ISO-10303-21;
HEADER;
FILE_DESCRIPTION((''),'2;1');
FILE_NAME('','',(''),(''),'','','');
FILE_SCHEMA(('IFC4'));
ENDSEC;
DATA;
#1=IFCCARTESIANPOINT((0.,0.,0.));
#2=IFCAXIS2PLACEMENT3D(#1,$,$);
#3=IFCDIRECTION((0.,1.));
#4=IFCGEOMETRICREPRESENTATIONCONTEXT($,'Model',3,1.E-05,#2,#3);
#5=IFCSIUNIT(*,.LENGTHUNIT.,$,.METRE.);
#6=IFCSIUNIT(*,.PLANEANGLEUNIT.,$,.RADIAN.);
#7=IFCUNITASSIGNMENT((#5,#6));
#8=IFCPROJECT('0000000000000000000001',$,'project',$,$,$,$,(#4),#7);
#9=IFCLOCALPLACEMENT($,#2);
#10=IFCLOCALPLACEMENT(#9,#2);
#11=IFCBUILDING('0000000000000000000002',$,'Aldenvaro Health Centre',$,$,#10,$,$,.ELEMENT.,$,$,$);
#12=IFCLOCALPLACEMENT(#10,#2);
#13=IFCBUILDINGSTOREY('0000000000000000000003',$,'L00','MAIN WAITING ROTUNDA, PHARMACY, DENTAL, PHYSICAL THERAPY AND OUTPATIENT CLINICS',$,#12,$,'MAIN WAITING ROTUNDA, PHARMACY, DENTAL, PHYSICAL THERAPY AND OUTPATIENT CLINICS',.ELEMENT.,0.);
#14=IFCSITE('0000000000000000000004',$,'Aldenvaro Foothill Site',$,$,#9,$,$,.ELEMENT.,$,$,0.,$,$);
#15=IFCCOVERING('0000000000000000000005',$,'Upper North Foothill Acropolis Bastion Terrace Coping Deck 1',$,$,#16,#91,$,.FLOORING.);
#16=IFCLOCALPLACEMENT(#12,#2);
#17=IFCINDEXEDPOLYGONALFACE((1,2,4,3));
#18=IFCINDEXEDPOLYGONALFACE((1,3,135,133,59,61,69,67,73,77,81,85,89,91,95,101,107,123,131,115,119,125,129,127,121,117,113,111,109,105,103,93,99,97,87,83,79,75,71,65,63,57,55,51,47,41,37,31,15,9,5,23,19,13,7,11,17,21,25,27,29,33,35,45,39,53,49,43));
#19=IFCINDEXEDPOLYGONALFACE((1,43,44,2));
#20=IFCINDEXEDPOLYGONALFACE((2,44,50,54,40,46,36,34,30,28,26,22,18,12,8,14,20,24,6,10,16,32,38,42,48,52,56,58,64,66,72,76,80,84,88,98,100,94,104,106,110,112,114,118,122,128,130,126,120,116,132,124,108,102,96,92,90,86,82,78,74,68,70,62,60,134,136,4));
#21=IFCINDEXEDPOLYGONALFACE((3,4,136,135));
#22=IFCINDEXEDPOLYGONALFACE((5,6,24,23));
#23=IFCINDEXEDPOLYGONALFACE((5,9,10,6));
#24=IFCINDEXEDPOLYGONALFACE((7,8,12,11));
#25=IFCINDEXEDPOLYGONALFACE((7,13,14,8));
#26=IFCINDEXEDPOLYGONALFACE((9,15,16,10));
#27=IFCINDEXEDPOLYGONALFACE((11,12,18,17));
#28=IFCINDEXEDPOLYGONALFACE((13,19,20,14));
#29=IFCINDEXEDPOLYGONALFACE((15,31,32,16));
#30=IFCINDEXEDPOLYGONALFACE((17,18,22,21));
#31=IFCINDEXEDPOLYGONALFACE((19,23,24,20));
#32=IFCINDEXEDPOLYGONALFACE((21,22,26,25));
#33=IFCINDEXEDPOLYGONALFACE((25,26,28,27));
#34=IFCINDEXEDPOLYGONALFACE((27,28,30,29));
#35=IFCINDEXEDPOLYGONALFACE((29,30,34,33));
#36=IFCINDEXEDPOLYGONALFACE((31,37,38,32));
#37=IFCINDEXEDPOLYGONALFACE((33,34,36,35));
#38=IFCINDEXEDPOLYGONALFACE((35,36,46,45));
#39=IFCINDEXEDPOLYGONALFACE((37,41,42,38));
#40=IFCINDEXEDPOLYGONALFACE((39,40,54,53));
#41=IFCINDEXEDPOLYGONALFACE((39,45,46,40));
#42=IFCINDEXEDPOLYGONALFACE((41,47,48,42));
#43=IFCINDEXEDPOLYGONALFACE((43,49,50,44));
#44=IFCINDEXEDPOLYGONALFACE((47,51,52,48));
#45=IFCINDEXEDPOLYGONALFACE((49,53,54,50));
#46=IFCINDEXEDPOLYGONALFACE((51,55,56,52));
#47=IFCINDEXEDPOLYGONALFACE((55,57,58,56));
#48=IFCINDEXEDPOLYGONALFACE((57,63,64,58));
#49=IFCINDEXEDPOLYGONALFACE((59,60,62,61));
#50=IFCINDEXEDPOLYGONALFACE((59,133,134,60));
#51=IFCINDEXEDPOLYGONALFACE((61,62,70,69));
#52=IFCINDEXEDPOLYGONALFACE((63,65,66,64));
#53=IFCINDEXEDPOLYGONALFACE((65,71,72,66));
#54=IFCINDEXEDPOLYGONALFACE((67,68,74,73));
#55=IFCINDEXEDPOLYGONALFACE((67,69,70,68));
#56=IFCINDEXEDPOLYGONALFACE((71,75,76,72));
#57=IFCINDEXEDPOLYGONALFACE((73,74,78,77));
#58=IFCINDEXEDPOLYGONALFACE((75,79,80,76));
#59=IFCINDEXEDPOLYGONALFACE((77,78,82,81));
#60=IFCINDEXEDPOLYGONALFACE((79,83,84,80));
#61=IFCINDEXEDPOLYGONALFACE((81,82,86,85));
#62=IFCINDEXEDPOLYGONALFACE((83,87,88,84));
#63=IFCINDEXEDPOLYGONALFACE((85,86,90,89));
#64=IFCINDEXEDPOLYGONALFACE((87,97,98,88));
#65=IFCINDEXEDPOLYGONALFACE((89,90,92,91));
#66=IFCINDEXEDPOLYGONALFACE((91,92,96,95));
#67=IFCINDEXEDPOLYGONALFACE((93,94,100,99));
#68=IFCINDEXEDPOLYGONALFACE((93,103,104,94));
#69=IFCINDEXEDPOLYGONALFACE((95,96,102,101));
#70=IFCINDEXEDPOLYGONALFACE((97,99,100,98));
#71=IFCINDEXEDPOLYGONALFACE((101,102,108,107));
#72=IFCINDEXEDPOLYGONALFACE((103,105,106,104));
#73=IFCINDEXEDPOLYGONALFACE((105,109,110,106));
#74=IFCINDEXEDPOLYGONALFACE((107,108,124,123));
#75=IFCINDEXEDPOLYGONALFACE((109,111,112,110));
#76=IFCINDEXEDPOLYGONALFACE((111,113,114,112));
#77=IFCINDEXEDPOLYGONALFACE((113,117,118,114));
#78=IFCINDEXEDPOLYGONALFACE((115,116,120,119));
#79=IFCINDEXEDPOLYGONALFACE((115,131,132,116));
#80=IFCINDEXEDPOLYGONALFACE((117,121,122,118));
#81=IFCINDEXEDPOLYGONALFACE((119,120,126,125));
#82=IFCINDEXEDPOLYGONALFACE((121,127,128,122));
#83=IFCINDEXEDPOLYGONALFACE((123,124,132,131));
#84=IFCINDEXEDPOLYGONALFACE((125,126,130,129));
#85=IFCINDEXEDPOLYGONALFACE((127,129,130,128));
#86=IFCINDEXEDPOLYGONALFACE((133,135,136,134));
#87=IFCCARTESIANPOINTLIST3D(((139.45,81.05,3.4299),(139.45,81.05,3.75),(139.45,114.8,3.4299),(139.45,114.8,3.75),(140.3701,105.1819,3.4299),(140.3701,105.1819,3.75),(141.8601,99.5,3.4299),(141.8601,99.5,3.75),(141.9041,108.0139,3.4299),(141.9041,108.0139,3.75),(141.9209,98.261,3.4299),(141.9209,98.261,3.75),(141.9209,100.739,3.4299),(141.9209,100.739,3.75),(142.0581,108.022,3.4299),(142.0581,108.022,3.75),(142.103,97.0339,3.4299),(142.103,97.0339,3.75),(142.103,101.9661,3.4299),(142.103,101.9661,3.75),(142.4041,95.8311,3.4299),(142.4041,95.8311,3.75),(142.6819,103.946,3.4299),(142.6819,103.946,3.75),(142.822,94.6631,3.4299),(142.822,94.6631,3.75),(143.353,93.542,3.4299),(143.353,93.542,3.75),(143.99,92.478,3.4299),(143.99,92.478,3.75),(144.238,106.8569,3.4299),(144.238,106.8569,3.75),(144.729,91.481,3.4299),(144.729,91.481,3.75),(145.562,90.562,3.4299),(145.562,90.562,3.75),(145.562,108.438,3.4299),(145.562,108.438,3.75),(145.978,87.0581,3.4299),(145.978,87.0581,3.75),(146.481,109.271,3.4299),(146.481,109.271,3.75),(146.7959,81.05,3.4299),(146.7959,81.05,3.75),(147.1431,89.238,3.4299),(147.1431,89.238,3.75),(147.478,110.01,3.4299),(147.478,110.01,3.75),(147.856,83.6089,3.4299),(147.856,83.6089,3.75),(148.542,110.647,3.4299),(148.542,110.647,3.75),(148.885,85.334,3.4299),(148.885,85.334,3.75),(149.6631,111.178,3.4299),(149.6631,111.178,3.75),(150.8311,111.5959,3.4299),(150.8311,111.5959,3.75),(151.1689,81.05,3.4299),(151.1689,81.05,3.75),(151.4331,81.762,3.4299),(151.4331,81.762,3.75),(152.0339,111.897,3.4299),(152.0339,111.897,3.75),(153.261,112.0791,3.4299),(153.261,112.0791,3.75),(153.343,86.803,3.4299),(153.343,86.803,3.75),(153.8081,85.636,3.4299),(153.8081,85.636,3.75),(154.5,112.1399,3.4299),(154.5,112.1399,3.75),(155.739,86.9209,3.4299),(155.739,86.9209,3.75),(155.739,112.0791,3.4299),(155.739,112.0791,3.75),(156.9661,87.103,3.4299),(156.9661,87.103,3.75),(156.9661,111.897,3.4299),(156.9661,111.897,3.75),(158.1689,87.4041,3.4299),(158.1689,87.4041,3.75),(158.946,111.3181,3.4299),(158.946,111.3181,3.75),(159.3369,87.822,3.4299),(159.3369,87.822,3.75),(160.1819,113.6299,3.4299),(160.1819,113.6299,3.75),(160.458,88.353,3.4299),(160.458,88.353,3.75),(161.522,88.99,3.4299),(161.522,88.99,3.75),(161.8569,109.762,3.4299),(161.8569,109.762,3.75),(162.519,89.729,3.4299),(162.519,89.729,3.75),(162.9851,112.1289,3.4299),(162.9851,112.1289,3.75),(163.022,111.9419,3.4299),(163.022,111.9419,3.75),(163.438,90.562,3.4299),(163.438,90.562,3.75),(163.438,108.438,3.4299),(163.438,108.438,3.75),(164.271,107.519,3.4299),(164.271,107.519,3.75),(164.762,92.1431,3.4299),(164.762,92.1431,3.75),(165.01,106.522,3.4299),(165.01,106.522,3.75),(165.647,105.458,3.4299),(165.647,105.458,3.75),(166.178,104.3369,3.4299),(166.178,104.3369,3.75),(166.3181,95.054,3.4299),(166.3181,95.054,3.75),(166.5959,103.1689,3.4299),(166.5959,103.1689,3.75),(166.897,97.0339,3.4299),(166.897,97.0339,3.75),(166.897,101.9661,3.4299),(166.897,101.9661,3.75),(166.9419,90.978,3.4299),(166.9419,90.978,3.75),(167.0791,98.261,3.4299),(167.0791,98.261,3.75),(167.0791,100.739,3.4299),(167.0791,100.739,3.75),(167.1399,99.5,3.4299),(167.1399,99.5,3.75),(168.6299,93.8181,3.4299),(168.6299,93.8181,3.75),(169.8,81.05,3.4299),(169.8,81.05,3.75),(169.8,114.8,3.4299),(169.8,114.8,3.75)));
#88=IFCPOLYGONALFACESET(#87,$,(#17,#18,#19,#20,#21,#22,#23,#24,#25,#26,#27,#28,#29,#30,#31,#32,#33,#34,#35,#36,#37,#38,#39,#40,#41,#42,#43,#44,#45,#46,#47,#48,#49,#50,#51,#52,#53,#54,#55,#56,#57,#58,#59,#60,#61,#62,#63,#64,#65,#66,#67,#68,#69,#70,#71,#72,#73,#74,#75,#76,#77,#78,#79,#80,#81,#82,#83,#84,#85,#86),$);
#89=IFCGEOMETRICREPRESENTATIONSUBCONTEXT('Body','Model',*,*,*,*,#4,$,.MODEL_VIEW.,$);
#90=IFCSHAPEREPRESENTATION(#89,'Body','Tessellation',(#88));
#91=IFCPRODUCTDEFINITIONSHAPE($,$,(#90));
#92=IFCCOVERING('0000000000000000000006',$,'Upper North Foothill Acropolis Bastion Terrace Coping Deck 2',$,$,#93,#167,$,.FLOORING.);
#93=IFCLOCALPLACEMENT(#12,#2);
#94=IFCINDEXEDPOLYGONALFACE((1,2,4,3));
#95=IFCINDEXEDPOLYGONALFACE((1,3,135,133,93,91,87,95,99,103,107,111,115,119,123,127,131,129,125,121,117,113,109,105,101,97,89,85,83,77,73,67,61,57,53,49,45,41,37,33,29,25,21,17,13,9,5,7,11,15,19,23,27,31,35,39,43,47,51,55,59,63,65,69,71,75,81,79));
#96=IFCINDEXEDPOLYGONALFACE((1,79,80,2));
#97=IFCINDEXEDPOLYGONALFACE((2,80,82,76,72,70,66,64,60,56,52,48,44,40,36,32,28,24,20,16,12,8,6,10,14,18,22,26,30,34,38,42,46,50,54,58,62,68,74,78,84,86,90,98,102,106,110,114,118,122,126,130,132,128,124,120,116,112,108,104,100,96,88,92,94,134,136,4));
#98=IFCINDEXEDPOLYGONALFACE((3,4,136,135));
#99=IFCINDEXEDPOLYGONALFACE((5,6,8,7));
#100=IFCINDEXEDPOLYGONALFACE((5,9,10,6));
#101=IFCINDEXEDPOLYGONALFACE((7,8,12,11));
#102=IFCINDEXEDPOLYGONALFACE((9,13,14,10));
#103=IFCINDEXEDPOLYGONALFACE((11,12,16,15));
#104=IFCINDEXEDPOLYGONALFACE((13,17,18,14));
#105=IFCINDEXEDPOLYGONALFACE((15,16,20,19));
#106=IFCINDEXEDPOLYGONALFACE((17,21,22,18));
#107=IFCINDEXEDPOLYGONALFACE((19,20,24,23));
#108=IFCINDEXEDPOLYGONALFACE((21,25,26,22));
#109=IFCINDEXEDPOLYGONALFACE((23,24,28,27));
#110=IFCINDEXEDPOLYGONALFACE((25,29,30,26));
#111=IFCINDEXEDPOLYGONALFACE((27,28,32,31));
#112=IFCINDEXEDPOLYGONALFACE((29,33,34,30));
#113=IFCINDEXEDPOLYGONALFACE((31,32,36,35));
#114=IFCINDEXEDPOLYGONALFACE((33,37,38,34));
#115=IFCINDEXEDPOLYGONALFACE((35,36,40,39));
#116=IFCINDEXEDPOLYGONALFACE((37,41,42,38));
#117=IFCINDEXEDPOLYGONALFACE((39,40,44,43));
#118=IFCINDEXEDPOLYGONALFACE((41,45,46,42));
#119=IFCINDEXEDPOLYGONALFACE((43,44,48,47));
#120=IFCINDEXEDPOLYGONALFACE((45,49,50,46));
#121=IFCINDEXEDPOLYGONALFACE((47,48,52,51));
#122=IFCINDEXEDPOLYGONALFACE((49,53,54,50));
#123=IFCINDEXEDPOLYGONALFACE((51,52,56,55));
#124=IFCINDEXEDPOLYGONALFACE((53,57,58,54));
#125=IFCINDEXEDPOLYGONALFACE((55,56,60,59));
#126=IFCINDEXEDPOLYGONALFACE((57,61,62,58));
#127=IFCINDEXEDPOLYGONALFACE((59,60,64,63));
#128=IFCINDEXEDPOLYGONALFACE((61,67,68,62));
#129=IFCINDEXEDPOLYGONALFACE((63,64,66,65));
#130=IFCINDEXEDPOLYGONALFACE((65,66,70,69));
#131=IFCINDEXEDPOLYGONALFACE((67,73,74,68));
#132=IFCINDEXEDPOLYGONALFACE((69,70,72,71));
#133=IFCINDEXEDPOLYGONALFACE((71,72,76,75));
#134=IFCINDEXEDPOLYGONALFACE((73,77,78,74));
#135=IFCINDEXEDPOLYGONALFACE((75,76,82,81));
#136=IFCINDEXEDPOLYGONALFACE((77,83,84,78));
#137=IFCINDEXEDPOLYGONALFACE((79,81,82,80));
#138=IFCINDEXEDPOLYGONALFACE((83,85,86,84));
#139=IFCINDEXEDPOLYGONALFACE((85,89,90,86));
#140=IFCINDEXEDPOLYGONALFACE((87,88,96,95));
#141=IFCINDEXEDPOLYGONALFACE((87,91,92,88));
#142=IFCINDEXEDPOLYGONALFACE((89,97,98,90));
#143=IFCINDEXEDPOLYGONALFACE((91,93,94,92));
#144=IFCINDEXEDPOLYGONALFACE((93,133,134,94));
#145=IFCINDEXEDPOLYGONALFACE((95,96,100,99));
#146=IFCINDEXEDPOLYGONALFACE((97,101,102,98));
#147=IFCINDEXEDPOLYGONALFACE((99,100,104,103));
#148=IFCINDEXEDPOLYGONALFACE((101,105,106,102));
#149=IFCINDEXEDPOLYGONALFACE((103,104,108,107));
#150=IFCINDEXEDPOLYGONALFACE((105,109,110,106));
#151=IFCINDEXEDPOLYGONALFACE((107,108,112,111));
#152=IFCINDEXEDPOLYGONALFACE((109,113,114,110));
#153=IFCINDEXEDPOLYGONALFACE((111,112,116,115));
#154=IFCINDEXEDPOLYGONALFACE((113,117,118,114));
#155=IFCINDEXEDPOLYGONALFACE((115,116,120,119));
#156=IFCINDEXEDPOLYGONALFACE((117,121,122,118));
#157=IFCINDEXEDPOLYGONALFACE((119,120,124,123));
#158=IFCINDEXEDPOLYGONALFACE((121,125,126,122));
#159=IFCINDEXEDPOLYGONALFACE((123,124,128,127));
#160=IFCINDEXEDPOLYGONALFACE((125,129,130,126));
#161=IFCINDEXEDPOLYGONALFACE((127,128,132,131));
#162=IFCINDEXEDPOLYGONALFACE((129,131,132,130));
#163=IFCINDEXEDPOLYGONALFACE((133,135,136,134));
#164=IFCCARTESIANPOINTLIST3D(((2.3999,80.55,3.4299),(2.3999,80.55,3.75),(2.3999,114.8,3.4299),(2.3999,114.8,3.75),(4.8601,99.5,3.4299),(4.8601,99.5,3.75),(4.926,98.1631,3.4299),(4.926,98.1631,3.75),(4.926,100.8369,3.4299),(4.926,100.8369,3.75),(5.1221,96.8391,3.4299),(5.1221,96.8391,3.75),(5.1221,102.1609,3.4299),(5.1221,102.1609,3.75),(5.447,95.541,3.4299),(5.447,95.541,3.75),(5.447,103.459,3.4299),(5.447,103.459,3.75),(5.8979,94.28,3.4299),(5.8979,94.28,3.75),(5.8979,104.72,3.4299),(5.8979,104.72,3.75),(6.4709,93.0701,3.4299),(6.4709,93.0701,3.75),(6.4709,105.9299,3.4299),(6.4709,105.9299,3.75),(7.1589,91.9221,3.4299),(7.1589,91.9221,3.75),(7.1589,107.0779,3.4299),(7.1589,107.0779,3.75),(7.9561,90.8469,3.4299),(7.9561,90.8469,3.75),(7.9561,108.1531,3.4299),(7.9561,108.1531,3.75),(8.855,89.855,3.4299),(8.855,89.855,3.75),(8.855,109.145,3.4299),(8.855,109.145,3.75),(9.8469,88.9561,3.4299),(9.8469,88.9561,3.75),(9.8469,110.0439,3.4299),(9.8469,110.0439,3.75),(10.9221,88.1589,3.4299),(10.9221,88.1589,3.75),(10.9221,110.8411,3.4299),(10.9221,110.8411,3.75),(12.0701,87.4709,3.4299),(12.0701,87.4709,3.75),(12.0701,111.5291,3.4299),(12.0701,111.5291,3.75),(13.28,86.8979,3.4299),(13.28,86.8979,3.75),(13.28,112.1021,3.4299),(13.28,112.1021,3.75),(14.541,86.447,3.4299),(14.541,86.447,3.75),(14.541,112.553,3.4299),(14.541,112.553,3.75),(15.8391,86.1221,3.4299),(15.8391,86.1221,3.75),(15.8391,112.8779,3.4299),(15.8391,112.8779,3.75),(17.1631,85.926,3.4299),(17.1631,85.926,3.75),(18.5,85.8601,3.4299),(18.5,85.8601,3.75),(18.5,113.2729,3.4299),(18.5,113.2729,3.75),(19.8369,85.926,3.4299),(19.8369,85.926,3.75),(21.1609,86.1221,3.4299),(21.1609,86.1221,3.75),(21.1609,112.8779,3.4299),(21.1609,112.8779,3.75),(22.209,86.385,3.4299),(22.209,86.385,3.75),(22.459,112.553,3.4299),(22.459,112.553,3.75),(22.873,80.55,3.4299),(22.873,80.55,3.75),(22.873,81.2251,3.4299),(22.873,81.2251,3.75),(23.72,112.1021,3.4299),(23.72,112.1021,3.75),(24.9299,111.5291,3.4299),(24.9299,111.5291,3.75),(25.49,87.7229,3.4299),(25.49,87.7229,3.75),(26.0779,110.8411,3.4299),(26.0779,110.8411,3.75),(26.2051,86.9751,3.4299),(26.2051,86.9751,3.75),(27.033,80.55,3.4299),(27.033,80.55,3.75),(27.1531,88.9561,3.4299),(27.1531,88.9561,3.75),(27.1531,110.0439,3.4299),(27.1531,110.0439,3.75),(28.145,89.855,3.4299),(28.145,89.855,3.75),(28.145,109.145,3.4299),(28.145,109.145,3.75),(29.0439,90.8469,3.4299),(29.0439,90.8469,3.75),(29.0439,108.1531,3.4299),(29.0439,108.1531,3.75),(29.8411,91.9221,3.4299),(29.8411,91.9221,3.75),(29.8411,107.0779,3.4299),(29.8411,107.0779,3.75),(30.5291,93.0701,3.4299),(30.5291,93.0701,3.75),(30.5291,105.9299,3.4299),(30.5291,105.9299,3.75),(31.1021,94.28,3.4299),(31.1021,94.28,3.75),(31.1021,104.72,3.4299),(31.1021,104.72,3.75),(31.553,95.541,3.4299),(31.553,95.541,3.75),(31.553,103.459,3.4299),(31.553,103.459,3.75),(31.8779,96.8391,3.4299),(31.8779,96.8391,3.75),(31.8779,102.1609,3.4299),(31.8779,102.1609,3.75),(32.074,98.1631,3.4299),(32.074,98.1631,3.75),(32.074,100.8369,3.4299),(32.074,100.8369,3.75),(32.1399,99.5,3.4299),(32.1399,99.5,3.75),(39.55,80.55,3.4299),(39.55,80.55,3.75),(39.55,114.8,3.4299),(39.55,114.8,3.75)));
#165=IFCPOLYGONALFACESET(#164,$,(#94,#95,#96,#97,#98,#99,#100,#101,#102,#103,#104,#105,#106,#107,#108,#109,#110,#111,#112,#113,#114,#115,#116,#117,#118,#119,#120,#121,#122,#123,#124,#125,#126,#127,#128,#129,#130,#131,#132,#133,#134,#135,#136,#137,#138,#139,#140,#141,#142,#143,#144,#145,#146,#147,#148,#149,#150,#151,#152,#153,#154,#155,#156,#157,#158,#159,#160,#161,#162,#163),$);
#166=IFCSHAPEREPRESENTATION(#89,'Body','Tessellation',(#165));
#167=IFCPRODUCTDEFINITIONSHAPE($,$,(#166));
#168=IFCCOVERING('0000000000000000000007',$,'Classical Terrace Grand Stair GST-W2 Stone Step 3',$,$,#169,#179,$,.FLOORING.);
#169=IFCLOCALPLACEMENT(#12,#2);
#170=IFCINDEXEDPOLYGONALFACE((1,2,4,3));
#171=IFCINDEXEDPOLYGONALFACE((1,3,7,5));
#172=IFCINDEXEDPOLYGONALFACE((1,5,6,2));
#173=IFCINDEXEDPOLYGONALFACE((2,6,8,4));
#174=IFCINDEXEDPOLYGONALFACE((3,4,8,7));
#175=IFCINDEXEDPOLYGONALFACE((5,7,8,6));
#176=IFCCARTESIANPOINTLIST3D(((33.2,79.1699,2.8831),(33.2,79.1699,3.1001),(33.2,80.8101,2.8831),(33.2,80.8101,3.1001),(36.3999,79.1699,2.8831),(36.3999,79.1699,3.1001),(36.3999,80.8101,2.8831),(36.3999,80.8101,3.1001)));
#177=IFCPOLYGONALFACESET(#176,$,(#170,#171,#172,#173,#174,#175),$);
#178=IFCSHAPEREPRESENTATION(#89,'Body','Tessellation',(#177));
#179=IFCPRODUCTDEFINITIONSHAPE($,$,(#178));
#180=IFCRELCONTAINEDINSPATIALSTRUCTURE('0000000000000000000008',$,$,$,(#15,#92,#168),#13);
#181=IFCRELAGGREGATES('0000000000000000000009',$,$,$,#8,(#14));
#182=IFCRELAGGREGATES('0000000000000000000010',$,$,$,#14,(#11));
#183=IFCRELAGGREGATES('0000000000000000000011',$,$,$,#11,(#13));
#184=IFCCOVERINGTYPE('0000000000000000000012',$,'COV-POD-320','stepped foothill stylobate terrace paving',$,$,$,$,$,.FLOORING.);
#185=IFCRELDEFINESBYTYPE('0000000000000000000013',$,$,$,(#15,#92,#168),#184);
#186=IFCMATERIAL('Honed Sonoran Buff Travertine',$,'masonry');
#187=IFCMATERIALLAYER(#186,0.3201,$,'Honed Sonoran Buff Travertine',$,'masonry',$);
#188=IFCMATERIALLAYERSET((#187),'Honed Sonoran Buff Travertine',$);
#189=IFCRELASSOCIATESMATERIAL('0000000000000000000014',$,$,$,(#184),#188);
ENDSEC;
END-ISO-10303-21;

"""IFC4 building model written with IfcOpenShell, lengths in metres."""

from ifc_helpers import new_model, si_unit, direction, frame, origin, place, context, subcontext, project, spatial, polyline, outline, extrude, material, layer, layer_set, type_object, element, save


model = new_model("IFC4")

# Units and contexts
model_context = context("Model", 3, precision=1e-05, world=origin(), true_north=direction((0.0, 1.0)))
body_context = subcontext(model_context, "Body", "Model", "MODEL_VIEW")
ifc_project = project(units=[si_unit("LENGTHUNIT", "METRE"), si_unit("PLANEANGLEUNIT", "RADIAN")], contexts=[model_context])

# Site, building, storey
site_placement = place(None, origin())
site = spatial("IfcSite", under=ifc_project, at=site_placement, Name="Aldenvaro Foothill Site", CompositionType="ELEMENT", RefElevation=0.0)
building_placement = place(site_placement, origin())
building = spatial("IfcBuilding", under=site, at=building_placement, Name="Aldenvaro Health Centre", CompositionType="ELEMENT")
storey_placement = place(building_placement, origin())
storey = spatial("IfcBuildingStorey", under=building, at=storey_placement, Name="L00", Description="MAIN WAITING ROTUNDA, PHARMACY, DENTAL, PHYSICAL THERAPY AND OUTPATIENT CLINICS", LongName="MAIN WAITING ROTUNDA, PHARMACY, DENTAL, PHYSICAL THERAPY AND OUTPATIENT CLINICS", CompositionType="ELEMENT", Elevation=0.0)

# Coverings
ifc_material_1 = material(Name="Honed Sonoran Buff Travertine", Category="masonry")
ifc_layer_1 = layer(ifc_material_1, 0.3201, Name="Honed Sonoran Buff Travertine", Category="masonry")
ifc_layer_set_1 = layer_set([ifc_layer_1], Name="Honed Sonoran Buff Travertine")
covering_type_1 = type_object("IfcCoveringType", Name="COV-POD-320", Description="stepped foothill stylobate terrace paving", PredefinedType="FLOORING", material=ifc_layer_set_1)
covering_1_placement = place(storey_placement, frame((0.0, 0.0, 3.4299)))
element("IfcCovering", 1, at=covering_1_placement, inside=storey, type_object=covering_type_1, Name="Upper North Foothill Acropolis Bastion Terrace Coping Deck 1", PredefinedType="FLOORING", context=body_context, shape_type="SweptSolid", body=[
    extrude(outline(polyline([(139.45, 81.05), (139.45, 114.8), (169.8, 114.8), (169.8, 81.05), (151.1689, 81.05), (151.4331, 81.762), (153.8081, 85.636), (153.343, 86.803), (155.739, 86.9209), (156.9661, 87.103), (158.1689, 87.4041), (159.3369, 87.822), (160.458, 88.353), (161.522, 88.99), (162.519, 89.729), (163.438, 90.562), (164.762, 92.1431), (166.9419, 90.978), (168.6299, 93.8181), (166.3181, 95.054), (166.897, 97.0339), (167.0791, 98.261), (167.1399, 99.5), (167.0791, 100.739), (166.897, 101.9661), (166.5959, 103.1689), (166.178, 104.3369), (165.647, 105.458), (165.01, 106.522), (164.271, 107.519), (163.438, 108.438), (161.8569, 109.762), (163.022, 111.9419), (162.9851, 112.1289), (160.1819, 113.6299), (158.946, 111.3181), (156.9661, 111.897), (155.739, 112.0791), (154.5, 112.1399), (153.261, 112.0791), (152.0339, 111.897), (150.8311, 111.5959), (149.6631, 111.178), (148.542, 110.647), (147.478, 110.01), (146.481, 109.271), (145.562, 108.438), (144.238, 106.8569), (142.0581, 108.022), (141.9041, 108.0139), (140.3701, 105.1819), (142.6819, 103.946), (142.103, 101.9661), (141.9209, 100.739), (141.8601, 99.5), (141.9209, 98.261), (142.103, 97.0339), (142.4041, 95.8311), (142.822, 94.6631), (143.353, 93.542), (143.99, 92.478), (144.729, 91.481), (145.562, 90.562), (147.1431, 89.238), (145.978, 87.0581), (148.885, 85.334), (147.856, 83.6089), (146.7959, 81.05), (139.45, 81.05)])), origin(), (0.0, 0.0, 1.0), 0.3201),
])
covering_2_placement = place(storey_placement, frame((0.0, 0.0, 3.4299)))
element("IfcCovering", 2, at=covering_2_placement, inside=storey, type_object=covering_type_1, Name="Upper North Foothill Acropolis Bastion Terrace Coping Deck 2", PredefinedType="FLOORING", context=body_context, shape_type="SweptSolid", body=[
    extrude(outline(polyline([(2.3999, 114.8), (39.55, 114.8), (39.55, 80.55), (27.033, 80.55), (26.2051, 86.9751), (25.49, 87.7229), (27.1531, 88.9561), (28.145, 89.855), (29.0439, 90.8469), (29.8411, 91.9221), (30.5291, 93.0701), (31.1021, 94.28), (31.553, 95.541), (31.8779, 96.8391), (32.074, 98.1631), (32.1399, 99.5), (32.074, 100.8369), (31.8779, 102.1609), (31.553, 103.459), (31.1021, 104.72), (30.5291, 105.9299), (29.8411, 107.0779), (29.0439, 108.1531), (28.145, 109.145), (27.1531, 110.0439), (26.0779, 110.8411), (24.9299, 111.5291), (23.72, 112.1021), (22.459, 112.553), (21.1609, 112.8779), (18.5, 113.2729), (15.8391, 112.8779), (14.541, 112.553), (13.28, 112.1021), (12.0701, 111.5291), (10.9221, 110.8411), (9.8469, 110.0439), (8.855, 109.145), (7.9561, 108.1531), (7.1589, 107.0779), (6.4709, 105.9299), (5.8979, 104.72), (5.447, 103.459), (5.1221, 102.1609), (4.926, 100.8369), (4.8601, 99.5), (4.926, 98.1631), (5.1221, 96.8391), (5.447, 95.541), (5.8979, 94.28), (6.4709, 93.0701), (7.1589, 91.9221), (7.9561, 90.8469), (8.855, 89.855), (9.8469, 88.9561), (10.9221, 88.1589), (12.0701, 87.4709), (13.28, 86.8979), (14.541, 86.447), (15.8391, 86.1221), (17.1631, 85.926), (18.5, 85.8601), (19.8369, 85.926), (21.1609, 86.1221), (22.209, 86.385), (22.873, 81.2251), (22.873, 80.55), (2.3999, 80.55), (2.3999, 114.8)])), origin(), (0.0, 0.0, 1.0), 0.3201),
])
covering_3_placement = place(storey_placement, frame((0.0, 0.0, 2.8831)))
element("IfcCovering", 3, at=covering_3_placement, inside=storey, type_object=covering_type_1, Name="Classical Terrace Grand Stair GST-W2 Stone Step 3", PredefinedType="FLOORING", context=body_context, shape_type="SweptSolid", body=[
    extrude(outline(polyline([(33.2, 79.1699), (36.3999, 79.1699), (36.3999, 80.8101), (33.2, 80.8101), (33.2, 79.1699)])), origin(), (0.0, 0.0, 1.0), 0.217),
])

save(model, "model.ifc")
